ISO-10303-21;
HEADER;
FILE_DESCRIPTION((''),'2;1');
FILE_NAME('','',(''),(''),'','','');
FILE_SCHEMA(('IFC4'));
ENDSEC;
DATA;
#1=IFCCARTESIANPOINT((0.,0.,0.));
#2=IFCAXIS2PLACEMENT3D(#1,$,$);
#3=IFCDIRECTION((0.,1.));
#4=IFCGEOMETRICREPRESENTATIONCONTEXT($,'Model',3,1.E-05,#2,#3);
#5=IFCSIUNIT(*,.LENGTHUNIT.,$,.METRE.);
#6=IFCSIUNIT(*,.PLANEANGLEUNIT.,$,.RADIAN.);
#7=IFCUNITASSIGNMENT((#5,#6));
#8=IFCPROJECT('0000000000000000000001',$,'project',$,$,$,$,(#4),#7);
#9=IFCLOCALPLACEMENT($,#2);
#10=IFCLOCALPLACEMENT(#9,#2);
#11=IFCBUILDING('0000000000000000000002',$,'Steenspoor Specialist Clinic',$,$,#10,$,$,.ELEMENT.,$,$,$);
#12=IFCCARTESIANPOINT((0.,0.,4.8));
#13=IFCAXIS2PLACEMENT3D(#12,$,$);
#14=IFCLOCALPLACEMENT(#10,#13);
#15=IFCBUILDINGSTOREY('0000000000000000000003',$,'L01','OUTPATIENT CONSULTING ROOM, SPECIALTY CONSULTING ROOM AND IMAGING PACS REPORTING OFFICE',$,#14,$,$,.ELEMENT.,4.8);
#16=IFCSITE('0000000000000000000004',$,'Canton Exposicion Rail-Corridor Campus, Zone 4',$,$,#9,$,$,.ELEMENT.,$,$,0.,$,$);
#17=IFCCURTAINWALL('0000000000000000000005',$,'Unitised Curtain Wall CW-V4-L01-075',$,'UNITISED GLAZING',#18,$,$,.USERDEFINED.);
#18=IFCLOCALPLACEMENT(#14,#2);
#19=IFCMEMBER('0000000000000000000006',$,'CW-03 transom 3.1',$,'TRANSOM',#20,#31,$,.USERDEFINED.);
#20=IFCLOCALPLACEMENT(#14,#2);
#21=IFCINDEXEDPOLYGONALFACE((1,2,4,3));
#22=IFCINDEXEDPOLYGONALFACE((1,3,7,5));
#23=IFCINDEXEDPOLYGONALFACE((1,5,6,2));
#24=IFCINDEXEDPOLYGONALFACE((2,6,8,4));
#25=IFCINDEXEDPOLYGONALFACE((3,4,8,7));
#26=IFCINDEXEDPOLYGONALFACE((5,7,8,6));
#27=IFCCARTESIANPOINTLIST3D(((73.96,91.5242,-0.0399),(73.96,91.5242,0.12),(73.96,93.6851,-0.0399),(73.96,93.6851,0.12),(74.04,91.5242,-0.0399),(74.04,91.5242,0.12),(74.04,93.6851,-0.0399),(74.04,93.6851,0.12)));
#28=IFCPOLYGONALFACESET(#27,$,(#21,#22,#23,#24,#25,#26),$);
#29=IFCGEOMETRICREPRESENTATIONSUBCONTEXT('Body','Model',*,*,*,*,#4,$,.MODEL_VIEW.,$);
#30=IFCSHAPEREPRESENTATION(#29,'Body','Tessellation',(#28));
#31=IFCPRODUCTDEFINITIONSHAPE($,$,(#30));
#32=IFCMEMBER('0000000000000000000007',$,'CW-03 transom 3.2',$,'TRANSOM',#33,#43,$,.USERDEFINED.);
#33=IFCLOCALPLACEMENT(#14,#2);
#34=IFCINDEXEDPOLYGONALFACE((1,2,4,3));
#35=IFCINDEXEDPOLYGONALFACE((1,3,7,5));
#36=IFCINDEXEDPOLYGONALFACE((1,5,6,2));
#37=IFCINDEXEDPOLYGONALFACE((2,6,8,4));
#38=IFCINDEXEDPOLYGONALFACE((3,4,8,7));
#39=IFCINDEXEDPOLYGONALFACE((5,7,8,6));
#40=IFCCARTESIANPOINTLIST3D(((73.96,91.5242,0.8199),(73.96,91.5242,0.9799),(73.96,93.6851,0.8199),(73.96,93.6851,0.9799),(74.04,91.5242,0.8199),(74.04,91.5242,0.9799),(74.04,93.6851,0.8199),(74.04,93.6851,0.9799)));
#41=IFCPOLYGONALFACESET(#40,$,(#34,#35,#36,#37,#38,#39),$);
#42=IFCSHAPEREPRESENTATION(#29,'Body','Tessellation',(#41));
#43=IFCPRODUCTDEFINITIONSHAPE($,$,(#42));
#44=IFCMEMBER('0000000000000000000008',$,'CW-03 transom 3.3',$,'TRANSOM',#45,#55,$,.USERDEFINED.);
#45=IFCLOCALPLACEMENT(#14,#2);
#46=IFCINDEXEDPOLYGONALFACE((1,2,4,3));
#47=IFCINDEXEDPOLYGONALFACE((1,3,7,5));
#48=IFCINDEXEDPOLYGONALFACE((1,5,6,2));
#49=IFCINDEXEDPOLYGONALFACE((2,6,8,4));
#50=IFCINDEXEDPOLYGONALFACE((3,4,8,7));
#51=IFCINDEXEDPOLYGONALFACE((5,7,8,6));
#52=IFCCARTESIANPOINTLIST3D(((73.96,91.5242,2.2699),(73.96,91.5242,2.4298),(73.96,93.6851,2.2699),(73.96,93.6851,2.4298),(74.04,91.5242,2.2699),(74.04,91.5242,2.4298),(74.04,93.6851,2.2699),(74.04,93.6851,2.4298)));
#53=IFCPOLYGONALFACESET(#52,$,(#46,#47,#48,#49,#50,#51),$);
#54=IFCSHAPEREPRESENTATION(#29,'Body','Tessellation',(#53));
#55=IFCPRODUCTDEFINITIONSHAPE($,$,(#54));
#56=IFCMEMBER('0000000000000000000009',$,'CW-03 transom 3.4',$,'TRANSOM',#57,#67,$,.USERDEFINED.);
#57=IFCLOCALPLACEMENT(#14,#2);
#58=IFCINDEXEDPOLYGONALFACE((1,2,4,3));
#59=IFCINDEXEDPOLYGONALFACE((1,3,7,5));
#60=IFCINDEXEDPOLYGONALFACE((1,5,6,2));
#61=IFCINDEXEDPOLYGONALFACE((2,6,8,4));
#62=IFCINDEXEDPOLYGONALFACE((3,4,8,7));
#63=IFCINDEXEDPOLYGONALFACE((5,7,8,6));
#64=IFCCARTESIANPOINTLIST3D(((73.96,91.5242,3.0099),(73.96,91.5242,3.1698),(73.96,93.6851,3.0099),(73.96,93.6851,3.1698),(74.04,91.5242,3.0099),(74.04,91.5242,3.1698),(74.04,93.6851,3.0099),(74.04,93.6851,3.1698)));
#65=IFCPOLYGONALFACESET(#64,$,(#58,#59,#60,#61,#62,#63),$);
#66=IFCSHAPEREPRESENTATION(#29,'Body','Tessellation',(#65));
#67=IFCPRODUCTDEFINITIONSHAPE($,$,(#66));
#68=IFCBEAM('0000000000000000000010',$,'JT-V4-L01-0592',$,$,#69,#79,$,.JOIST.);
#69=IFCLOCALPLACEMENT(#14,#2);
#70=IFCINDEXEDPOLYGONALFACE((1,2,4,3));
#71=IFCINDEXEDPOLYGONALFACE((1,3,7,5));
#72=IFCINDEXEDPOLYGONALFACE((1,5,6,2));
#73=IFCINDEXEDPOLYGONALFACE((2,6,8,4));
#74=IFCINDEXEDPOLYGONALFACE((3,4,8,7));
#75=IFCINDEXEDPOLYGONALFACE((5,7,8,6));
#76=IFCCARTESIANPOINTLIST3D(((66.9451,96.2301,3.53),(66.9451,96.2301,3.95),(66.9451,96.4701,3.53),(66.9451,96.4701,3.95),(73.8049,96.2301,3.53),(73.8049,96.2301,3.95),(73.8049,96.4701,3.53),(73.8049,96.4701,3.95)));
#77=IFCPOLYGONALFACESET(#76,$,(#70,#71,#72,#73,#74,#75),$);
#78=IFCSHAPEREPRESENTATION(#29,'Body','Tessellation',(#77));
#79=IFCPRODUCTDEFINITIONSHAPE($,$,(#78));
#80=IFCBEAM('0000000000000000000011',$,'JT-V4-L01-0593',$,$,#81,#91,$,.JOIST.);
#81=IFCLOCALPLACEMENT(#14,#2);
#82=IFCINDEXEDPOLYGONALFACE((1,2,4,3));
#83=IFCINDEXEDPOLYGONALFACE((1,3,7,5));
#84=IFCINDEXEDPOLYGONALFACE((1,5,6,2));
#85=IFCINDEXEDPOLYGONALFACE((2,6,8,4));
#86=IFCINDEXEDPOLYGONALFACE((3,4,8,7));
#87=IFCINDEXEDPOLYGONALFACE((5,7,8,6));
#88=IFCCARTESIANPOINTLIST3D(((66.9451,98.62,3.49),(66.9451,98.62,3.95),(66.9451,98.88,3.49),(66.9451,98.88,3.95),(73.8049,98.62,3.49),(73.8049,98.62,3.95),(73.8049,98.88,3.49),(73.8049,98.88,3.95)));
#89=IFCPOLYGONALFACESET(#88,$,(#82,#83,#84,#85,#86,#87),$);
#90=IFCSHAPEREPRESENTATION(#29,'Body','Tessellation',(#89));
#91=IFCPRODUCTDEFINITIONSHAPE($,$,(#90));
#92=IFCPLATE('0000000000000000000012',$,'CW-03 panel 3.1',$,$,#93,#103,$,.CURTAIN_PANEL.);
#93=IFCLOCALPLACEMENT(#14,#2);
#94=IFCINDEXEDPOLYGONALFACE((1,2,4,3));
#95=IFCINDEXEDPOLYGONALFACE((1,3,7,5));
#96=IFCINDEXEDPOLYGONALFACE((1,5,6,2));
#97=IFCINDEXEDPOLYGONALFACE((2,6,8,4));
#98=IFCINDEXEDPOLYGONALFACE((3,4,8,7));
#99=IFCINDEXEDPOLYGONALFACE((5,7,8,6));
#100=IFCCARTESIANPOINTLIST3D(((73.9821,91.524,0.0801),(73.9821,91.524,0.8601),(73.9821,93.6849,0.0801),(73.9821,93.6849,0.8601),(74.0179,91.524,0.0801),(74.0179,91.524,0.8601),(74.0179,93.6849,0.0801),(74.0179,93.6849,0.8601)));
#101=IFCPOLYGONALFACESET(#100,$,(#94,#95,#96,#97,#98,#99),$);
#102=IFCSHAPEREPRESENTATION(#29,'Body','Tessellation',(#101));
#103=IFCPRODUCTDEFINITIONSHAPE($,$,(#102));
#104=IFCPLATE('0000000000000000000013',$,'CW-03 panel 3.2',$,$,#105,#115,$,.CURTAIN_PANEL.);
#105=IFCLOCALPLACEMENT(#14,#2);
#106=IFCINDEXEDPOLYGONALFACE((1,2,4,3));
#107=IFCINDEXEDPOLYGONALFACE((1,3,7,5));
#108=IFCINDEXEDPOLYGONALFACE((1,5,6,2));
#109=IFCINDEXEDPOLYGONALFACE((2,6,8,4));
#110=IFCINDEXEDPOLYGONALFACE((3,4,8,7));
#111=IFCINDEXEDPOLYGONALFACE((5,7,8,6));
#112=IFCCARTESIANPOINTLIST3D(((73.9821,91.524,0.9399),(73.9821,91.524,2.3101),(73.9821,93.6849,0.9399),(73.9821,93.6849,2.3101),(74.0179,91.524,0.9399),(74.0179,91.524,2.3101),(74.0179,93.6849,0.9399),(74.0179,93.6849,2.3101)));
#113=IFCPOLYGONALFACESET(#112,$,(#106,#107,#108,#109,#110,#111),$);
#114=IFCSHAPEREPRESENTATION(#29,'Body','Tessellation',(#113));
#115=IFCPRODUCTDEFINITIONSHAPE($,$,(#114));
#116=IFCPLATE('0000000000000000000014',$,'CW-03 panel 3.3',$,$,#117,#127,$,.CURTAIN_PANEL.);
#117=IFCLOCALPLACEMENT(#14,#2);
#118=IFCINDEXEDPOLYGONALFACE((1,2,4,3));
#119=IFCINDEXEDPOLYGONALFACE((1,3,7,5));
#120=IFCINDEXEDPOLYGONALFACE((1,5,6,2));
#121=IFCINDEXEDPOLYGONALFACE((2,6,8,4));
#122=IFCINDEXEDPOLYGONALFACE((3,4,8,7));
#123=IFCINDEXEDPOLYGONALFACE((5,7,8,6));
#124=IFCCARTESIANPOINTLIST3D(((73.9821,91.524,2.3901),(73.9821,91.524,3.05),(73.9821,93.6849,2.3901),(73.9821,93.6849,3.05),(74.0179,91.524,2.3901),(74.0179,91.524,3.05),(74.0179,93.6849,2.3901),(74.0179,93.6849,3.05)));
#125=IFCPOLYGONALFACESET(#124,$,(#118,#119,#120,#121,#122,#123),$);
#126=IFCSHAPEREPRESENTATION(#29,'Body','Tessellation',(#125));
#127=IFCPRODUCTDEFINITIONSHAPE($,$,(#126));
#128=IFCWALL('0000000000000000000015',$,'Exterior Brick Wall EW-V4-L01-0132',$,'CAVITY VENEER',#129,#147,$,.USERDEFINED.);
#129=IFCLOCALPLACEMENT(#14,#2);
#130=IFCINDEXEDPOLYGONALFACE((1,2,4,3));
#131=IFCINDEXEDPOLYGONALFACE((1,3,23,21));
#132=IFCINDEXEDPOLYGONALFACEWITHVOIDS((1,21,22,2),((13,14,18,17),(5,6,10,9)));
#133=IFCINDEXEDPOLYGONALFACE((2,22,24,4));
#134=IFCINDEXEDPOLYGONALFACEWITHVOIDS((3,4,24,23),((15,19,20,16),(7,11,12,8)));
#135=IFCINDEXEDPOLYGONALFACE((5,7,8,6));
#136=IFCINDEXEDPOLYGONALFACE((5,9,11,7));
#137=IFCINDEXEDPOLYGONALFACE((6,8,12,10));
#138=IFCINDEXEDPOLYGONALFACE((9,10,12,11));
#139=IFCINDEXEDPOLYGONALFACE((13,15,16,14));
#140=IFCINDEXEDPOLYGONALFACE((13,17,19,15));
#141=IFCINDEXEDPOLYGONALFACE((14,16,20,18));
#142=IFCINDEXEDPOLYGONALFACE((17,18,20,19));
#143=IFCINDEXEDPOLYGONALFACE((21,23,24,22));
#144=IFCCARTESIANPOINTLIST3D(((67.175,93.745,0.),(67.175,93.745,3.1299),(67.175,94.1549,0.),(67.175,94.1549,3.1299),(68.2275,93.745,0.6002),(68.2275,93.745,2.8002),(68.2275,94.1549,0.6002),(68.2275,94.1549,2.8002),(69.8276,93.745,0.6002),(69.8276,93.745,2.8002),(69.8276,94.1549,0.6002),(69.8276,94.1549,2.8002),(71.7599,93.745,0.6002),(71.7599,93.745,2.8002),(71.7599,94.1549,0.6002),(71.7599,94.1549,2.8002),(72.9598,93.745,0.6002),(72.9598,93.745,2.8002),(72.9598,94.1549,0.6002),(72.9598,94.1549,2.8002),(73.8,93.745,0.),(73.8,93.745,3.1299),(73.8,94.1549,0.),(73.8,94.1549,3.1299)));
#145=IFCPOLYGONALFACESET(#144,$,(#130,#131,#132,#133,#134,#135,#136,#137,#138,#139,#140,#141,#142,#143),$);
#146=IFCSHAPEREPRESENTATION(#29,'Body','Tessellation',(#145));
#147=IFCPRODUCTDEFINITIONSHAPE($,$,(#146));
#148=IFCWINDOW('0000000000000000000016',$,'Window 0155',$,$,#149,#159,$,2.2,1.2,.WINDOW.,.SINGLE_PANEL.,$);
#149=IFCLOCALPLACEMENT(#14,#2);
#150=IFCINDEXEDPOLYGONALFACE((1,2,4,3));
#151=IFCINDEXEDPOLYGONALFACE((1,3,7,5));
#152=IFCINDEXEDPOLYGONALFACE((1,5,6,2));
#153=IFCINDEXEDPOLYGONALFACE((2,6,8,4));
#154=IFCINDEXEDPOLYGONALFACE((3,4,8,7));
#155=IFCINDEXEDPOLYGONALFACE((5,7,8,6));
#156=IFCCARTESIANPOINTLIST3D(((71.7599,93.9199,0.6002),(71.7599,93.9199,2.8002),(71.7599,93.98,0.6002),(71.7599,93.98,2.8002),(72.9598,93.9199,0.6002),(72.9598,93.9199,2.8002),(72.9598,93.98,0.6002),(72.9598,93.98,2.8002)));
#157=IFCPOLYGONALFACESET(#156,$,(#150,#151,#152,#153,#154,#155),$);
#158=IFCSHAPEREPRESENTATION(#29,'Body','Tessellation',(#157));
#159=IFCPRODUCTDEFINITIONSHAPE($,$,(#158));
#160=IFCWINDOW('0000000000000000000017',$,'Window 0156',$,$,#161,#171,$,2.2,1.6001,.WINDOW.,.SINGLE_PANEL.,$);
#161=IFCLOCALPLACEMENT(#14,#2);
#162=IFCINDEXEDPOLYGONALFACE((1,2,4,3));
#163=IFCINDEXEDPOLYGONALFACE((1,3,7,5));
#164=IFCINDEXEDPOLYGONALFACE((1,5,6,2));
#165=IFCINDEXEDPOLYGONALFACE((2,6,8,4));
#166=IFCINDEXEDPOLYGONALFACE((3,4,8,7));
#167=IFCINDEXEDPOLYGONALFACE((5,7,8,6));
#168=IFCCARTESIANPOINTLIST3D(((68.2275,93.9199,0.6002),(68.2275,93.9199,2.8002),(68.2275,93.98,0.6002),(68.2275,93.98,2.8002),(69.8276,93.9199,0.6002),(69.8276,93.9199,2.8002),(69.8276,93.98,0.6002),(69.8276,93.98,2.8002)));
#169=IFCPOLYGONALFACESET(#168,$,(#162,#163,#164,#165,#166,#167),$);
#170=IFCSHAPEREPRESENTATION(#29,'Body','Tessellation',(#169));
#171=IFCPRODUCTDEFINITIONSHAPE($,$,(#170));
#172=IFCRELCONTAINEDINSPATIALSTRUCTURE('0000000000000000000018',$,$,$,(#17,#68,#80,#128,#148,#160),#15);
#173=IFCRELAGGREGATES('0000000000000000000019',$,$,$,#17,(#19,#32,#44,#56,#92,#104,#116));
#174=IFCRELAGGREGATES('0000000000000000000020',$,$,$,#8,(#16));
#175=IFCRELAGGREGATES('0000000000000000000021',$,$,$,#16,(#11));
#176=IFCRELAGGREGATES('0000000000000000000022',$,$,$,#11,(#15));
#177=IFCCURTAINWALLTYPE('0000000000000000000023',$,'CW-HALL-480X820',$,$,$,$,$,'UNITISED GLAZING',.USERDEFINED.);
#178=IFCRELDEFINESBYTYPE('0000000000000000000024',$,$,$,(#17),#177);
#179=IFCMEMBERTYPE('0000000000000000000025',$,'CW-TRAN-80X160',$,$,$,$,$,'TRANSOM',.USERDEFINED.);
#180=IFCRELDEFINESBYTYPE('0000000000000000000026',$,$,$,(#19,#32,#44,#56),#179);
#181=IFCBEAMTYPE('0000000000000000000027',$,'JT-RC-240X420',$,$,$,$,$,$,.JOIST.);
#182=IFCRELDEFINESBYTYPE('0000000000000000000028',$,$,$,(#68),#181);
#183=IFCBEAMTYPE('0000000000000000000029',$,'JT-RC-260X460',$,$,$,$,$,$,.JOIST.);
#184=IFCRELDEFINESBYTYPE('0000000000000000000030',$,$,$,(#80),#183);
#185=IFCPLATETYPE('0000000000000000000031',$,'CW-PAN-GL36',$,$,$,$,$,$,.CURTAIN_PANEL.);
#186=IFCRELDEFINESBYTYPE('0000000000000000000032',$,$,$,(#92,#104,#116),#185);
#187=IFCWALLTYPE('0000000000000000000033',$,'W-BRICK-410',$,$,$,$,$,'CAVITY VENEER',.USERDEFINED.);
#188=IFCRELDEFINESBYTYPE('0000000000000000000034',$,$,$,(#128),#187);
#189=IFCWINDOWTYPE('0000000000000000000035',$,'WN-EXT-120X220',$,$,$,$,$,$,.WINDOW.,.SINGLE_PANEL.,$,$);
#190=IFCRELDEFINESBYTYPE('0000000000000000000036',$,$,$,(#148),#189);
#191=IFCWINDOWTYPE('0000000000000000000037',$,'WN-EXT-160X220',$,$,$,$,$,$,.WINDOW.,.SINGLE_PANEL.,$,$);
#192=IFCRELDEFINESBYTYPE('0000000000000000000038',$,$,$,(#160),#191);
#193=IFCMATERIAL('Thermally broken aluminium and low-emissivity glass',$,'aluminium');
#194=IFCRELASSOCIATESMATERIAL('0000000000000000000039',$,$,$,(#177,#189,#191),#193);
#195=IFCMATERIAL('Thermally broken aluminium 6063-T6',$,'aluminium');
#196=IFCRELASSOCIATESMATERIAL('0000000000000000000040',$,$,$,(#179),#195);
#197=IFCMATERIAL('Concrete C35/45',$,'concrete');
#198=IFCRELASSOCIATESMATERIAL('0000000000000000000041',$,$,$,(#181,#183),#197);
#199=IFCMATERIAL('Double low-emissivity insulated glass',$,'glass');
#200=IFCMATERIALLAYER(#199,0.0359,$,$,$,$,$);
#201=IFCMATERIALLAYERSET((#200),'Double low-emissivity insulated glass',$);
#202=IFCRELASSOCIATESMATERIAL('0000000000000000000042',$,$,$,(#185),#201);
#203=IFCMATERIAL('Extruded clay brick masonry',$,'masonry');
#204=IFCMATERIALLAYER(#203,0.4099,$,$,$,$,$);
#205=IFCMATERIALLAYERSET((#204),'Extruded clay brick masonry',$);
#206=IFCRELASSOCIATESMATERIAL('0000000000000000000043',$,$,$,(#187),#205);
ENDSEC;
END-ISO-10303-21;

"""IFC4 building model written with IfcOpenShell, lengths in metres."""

from ifc_helpers import new_model, si_unit, direction, frame, frame_2d, origin, origin_2d, place, context, subcontext, project, spatial, rectangle, extrude, material, layer, layer_set, material_profile, profile_set, type_object, element, fill, aggregate, save


model = new_model("IFC4")

# Units and contexts
model_context = context("Model", 3, precision=1e-05, world=origin(), true_north=direction((0.0, 1.0)))
body_context = subcontext(model_context, "Body", "Model", "MODEL_VIEW")
ifc_project = project(units=[si_unit("LENGTHUNIT", "METRE"), si_unit("PLANEANGLEUNIT", "RADIAN")], contexts=[model_context])

# Site, building, storey
site_placement = place(None, origin())
site = spatial("IfcSite", under=ifc_project, at=site_placement, Name="Canton Exposicion Rail-Corridor Campus, Zone 4", CompositionType="ELEMENT", RefElevation=0.0)
building_placement = place(site_placement, origin())
building = spatial("IfcBuilding", under=site, at=building_placement, Name="Steenspoor Specialist Clinic", CompositionType="ELEMENT")
storey_placement = place(building_placement, frame((0.0, 0.0, 4.8)))
storey = spatial("IfcBuildingStorey", under=building, at=storey_placement, Name="L01", Description="OUTPATIENT CONSULTING ROOM, SPECIALTY CONSULTING ROOM AND IMAGING PACS REPORTING OFFICE", CompositionType="ELEMENT", Elevation=4.8)

# Shared definitions
ifc_material_1 = material(Name="Concrete C35/45", Category="concrete")

# Shared definitions
ifc_material_2 = material(Name="Thermally broken aluminium and low-emissivity glass", Category="aluminium")
ifc_material_3 = material(Name="Thermally broken aluminium 6063-T6", Category="aluminium")

# Curtain wall
curtain_wall_type_1 = type_object("IfcCurtainWallType", Name="CW-HALL-480X820", ElementType="UNITISED GLAZING", PredefinedType="USERDEFINED", material=ifc_material_2)
curtain_wall_1_placement = place(storey_placement, origin())
curtain_wall_1 = element("IfcCurtainWall", 1, at=curtain_wall_1_placement, inside=storey, type_object=curtain_wall_type_1, Name="Unitised Curtain Wall CW-V4-L01-075", ObjectType="UNITISED GLAZING", PredefinedType="USERDEFINED")

# Members
ifc_material_profile_1 = material_profile(ifc_material_3, rectangle(XDim=0.0801, YDim=0.1599, at=origin_2d()), Name="CWT-80X160")
ifc_profile_set_1 = profile_set([ifc_material_profile_1], Name="Thermally broken aluminium 6063-T6")
member_type_1 = type_object("IfcMemberType", Name="CW-TRAN-80X160", ElementType="TRANSOM", PredefinedType="USERDEFINED", material=ifc_profile_set_1)
member_1_placement = place(storey_placement, frame((74.0, 91.5242, 0.04), z_axis=(0.0, 1.0, 0.0), x_axis=(-1.0, 0.0, 0.0)))
member_1 = element("IfcMember", 2, at=member_1_placement, type_object=member_type_1, Name="CW-03 transom 3.1", ObjectType="TRANSOM", PredefinedType="USERDEFINED", context=body_context, shape_type="SweptSolid", body=[
    extrude(rectangle(XDim=0.0801, YDim=0.1599, at=origin_2d()), origin(), (0.0, 0.0, 1.0), 2.1609),
])
member_2_placement = place(storey_placement, frame((74.0, 91.5242, 0.8999), z_axis=(0.0, 1.0, 0.0), x_axis=(-1.0, 0.0, 0.0)))
member_2 = element("IfcMember", 3, at=member_2_placement, type_object=member_type_1, Name="CW-03 transom 3.2", ObjectType="TRANSOM", PredefinedType="USERDEFINED", context=body_context, shape_type="SweptSolid", body=[
    extrude(rectangle(XDim=0.0801, YDim=0.1599, at=origin_2d()), origin(), (0.0, 0.0, 1.0), 2.1609),
])
member_3_placement = place(storey_placement, frame((74.0, 91.5242, 2.3499), z_axis=(0.0, 1.0, 0.0), x_axis=(-1.0, 0.0, 0.0)))
member_3 = element("IfcMember", 4, at=member_3_placement, type_object=member_type_1, Name="CW-03 transom 3.3", ObjectType="TRANSOM", PredefinedType="USERDEFINED", context=body_context, shape_type="SweptSolid", body=[
    extrude(rectangle(XDim=0.0801, YDim=0.1599, at=origin_2d()), origin(), (0.0, 0.0, 1.0), 2.1609),
])
member_4_placement = place(storey_placement, frame((74.0, 91.5242, 3.0898), z_axis=(0.0, 1.0, 0.0), x_axis=(-1.0, 0.0, 0.0)))
member_4 = element("IfcMember", 5, at=member_4_placement, type_object=member_type_1, Name="CW-03 transom 3.4", ObjectType="TRANSOM", PredefinedType="USERDEFINED", context=body_context, shape_type="SweptSolid", body=[
    extrude(rectangle(XDim=0.0801, YDim=0.1599, at=origin_2d()), origin(), (0.0, 0.0, 1.0), 2.1609),
])

# Beams
ifc_material_profile_2 = material_profile(ifc_material_1, rectangle(XDim=0.24, YDim=0.4199, at=origin_2d()), Name="RC-JT-240X420")
ifc_profile_set_2 = profile_set([ifc_material_profile_2], Name="Concrete C35/45")
beam_type_1 = type_object("IfcBeamType", Name="JT-RC-240X420", PredefinedType="JOIST", material=ifc_profile_set_2)
beam_1_placement = place(storey_placement, frame((66.9451, 96.3501, 3.74), z_axis=(1.0, 0.0, 0.0), x_axis=(0.0, 1.0, 0.0)))
element("IfcBeam", 6, at=beam_1_placement, inside=storey, type_object=beam_type_1, Name="JT-V4-L01-0592", PredefinedType="JOIST", context=body_context, shape_type="SweptSolid", body=[
    extrude(rectangle(XDim=0.24, YDim=0.4199, at=origin_2d()), origin(), (0.0, 0.0, 1.0), 6.8599),
])
ifc_material_profile_3 = material_profile(ifc_material_1, rectangle(XDim=0.26, YDim=0.46, at=origin_2d()), Name="RC-JT-260X460")
ifc_profile_set_3 = profile_set([ifc_material_profile_3], Name="Concrete C35/45")
beam_type_2 = type_object("IfcBeamType", Name="JT-RC-260X460", PredefinedType="JOIST", material=ifc_profile_set_3)
beam_2_placement = place(storey_placement, frame((66.9451, 98.75, 3.72), z_axis=(1.0, 0.0, 0.0), x_axis=(0.0, 1.0, 0.0)))
element("IfcBeam", 7, at=beam_2_placement, inside=storey, type_object=beam_type_2, Name="JT-V4-L01-0593", PredefinedType="JOIST", context=body_context, shape_type="SweptSolid", body=[
    extrude(rectangle(XDim=0.26, YDim=0.46, at=origin_2d()), origin(), (0.0, 0.0, 1.0), 6.8599),
])

# Plates
ifc_material_4 = material(Name="Double low-emissivity insulated glass", Category="glass")
ifc_layer_1 = layer(ifc_material_4, 0.0359)
ifc_layer_set_1 = layer_set([ifc_layer_1], Name="Double low-emissivity insulated glass")
plate_type = type_object("IfcPlateType", Name="CW-PAN-GL36", PredefinedType="CURTAIN_PANEL", material=ifc_layer_set_1)
plate_1_placement = place(storey_placement, frame((74.0, 92.6045, 0.0801), z_axis=(0.0, 0.0, 1.0), x_axis=(0.0, 1.0, 0.0)))
plate_1 = element("IfcPlate", 8, at=plate_1_placement, type_object=plate_type, Name="CW-03 panel 3.1", PredefinedType="CURTAIN_PANEL", context=body_context, shape_type="SweptSolid", body=[
    extrude(rectangle(XDim=2.1609, YDim=0.0359, at=origin_2d()), origin(), (0.0, 0.0, 1.0), 0.78),
])
plate_2_placement = place(storey_placement, frame((74.0, 92.6045, 0.9399), z_axis=(0.0, 0.0, 1.0), x_axis=(0.0, 1.0, 0.0)))
plate_2 = element("IfcPlate", 9, at=plate_2_placement, type_object=plate_type, Name="CW-03 panel 3.2", PredefinedType="CURTAIN_PANEL", context=body_context, shape_type="SweptSolid", body=[
    extrude(rectangle(XDim=2.1609, YDim=0.0359, at=origin_2d()), origin(), (0.0, 0.0, 1.0), 1.3701),
])
plate_3_placement = place(storey_placement, frame((74.0, 92.6045, 2.3901), z_axis=(0.0, 0.0, 1.0), x_axis=(0.0, 1.0, 0.0)))
plate_3 = element("IfcPlate", 10, at=plate_3_placement, type_object=plate_type, Name="CW-03 panel 3.3", PredefinedType="CURTAIN_PANEL", context=body_context, shape_type="SweptSolid", body=[
    extrude(rectangle(XDim=2.1609, YDim=0.0359, at=origin_2d()), origin(), (0.0, 0.0, 1.0), 0.6599),
])
aggregate(curtain_wall_1, [member_1, member_2, member_3, member_4, plate_1, plate_2, plate_3])

# Wall, openings, windows
ifc_material_5 = material(Name="Extruded clay brick masonry", Category="masonry")
ifc_layer_2 = layer(ifc_material_5, 0.4099)
ifc_layer_set_2 = layer_set([ifc_layer_2], Name="Extruded clay brick masonry")
wall_type_1 = type_object("IfcWallType", Name="W-BRICK-410", ElementType="CAVITY VENEER", PredefinedType="USERDEFINED", material=ifc_layer_set_2)
wall_1_placement = place(storey_placement, frame((73.8, 93.95, 0.0), z_axis=(0.0, 0.0, 1.0), x_axis=(-1.0, 0.0, 0.0)))
wall_1 = element("IfcWall", 11, at=wall_1_placement, inside=storey, type_object=wall_type_1, Name="Exterior Brick Wall EW-V4-L01-0132", ObjectType="CAVITY VENEER", PredefinedType="USERDEFINED", context=body_context, shape_type="SweptSolid", body=[
    extrude(rectangle(XDim=6.625, YDim=0.4099, at=frame_2d((3.3125, 0.0))), origin(), (0.0, 0.0, 1.0), 3.1299),
])
opening_1_placement = place(wall_1_placement, frame((0.8401, 0.0, 0.6001)))
opening_1 = element("IfcOpeningElement", 12, at=opening_1_placement, cuts=wall_1, PredefinedType="OPENING", context=body_context, shape_type="SweptSolid", body=[
    extrude(rectangle(XDim=1.2, YDim=2.2, at=frame_2d((0.6001, 1.1001))), frame((0.0, 0.2148, 0.0), z_axis=(0.0, -1.0, 0.0), x_axis=(1.0, 0.0, 0.0)), (0.0, 0.0, 1.0), 0.4299),
])
opening_2_placement = place(wall_1_placement, frame((3.9724, 0.0, 0.6001)))
opening_2 = element("IfcOpeningElement", 13, at=opening_2_placement, cuts=wall_1, PredefinedType="OPENING", context=body_context, shape_type="SweptSolid", body=[
    extrude(rectangle(XDim=1.6001, YDim=2.2, at=frame_2d((0.8, 1.1001))), frame((0.0, 0.2148, 0.0), z_axis=(0.0, -1.0, 0.0), x_axis=(1.0, 0.0, 0.0)), (0.0, 0.0, 1.0), 0.4299),
])
window_type_1 = type_object("IfcWindowType", Name="WN-EXT-120X220", PartitioningType="SINGLE_PANEL", PredefinedType="WINDOW", material=ifc_material_2)
window_1_placement = place(opening_1_placement, origin())
window_1 = element("IfcWindow", 14, at=window_1_placement, inside=storey, type_object=window_type_1, Name="Window 0155", OverallHeight=2.2, OverallWidth=1.2, PartitioningType="SINGLE_PANEL", PredefinedType="WINDOW", context=body_context, shape_type="SweptSolid", body=[
    extrude(rectangle(XDim=1.2, YDim=2.2, at=frame_2d((0.6001, 1.1001))), frame((0.0, 0.03, 0.0), z_axis=(0.0, -1.0, 0.0), x_axis=(1.0, 0.0, 0.0)), (0.0, 0.0, 1.0), 0.0601),
])
fill(opening_1, window_1)
window_type_2 = type_object("IfcWindowType", Name="WN-EXT-160X220", PartitioningType="SINGLE_PANEL", PredefinedType="WINDOW", material=ifc_material_2)
window_2_placement = place(opening_2_placement, origin())
window_2 = element("IfcWindow", 15, at=window_2_placement, inside=storey, type_object=window_type_2, Name="Window 0156", OverallHeight=2.2, OverallWidth=1.6001, PartitioningType="SINGLE_PANEL", PredefinedType="WINDOW", context=body_context, shape_type="SweptSolid", body=[
    extrude(rectangle(XDim=1.6001, YDim=2.2, at=frame_2d((0.8, 1.1001))), frame((0.0, 0.03, 0.0), z_axis=(0.0, -1.0, 0.0), x_axis=(1.0, 0.0, 0.0)), (0.0, 0.0, 1.0), 0.0601),
])
fill(opening_2, window_2)

save(model, "model.ifc")
